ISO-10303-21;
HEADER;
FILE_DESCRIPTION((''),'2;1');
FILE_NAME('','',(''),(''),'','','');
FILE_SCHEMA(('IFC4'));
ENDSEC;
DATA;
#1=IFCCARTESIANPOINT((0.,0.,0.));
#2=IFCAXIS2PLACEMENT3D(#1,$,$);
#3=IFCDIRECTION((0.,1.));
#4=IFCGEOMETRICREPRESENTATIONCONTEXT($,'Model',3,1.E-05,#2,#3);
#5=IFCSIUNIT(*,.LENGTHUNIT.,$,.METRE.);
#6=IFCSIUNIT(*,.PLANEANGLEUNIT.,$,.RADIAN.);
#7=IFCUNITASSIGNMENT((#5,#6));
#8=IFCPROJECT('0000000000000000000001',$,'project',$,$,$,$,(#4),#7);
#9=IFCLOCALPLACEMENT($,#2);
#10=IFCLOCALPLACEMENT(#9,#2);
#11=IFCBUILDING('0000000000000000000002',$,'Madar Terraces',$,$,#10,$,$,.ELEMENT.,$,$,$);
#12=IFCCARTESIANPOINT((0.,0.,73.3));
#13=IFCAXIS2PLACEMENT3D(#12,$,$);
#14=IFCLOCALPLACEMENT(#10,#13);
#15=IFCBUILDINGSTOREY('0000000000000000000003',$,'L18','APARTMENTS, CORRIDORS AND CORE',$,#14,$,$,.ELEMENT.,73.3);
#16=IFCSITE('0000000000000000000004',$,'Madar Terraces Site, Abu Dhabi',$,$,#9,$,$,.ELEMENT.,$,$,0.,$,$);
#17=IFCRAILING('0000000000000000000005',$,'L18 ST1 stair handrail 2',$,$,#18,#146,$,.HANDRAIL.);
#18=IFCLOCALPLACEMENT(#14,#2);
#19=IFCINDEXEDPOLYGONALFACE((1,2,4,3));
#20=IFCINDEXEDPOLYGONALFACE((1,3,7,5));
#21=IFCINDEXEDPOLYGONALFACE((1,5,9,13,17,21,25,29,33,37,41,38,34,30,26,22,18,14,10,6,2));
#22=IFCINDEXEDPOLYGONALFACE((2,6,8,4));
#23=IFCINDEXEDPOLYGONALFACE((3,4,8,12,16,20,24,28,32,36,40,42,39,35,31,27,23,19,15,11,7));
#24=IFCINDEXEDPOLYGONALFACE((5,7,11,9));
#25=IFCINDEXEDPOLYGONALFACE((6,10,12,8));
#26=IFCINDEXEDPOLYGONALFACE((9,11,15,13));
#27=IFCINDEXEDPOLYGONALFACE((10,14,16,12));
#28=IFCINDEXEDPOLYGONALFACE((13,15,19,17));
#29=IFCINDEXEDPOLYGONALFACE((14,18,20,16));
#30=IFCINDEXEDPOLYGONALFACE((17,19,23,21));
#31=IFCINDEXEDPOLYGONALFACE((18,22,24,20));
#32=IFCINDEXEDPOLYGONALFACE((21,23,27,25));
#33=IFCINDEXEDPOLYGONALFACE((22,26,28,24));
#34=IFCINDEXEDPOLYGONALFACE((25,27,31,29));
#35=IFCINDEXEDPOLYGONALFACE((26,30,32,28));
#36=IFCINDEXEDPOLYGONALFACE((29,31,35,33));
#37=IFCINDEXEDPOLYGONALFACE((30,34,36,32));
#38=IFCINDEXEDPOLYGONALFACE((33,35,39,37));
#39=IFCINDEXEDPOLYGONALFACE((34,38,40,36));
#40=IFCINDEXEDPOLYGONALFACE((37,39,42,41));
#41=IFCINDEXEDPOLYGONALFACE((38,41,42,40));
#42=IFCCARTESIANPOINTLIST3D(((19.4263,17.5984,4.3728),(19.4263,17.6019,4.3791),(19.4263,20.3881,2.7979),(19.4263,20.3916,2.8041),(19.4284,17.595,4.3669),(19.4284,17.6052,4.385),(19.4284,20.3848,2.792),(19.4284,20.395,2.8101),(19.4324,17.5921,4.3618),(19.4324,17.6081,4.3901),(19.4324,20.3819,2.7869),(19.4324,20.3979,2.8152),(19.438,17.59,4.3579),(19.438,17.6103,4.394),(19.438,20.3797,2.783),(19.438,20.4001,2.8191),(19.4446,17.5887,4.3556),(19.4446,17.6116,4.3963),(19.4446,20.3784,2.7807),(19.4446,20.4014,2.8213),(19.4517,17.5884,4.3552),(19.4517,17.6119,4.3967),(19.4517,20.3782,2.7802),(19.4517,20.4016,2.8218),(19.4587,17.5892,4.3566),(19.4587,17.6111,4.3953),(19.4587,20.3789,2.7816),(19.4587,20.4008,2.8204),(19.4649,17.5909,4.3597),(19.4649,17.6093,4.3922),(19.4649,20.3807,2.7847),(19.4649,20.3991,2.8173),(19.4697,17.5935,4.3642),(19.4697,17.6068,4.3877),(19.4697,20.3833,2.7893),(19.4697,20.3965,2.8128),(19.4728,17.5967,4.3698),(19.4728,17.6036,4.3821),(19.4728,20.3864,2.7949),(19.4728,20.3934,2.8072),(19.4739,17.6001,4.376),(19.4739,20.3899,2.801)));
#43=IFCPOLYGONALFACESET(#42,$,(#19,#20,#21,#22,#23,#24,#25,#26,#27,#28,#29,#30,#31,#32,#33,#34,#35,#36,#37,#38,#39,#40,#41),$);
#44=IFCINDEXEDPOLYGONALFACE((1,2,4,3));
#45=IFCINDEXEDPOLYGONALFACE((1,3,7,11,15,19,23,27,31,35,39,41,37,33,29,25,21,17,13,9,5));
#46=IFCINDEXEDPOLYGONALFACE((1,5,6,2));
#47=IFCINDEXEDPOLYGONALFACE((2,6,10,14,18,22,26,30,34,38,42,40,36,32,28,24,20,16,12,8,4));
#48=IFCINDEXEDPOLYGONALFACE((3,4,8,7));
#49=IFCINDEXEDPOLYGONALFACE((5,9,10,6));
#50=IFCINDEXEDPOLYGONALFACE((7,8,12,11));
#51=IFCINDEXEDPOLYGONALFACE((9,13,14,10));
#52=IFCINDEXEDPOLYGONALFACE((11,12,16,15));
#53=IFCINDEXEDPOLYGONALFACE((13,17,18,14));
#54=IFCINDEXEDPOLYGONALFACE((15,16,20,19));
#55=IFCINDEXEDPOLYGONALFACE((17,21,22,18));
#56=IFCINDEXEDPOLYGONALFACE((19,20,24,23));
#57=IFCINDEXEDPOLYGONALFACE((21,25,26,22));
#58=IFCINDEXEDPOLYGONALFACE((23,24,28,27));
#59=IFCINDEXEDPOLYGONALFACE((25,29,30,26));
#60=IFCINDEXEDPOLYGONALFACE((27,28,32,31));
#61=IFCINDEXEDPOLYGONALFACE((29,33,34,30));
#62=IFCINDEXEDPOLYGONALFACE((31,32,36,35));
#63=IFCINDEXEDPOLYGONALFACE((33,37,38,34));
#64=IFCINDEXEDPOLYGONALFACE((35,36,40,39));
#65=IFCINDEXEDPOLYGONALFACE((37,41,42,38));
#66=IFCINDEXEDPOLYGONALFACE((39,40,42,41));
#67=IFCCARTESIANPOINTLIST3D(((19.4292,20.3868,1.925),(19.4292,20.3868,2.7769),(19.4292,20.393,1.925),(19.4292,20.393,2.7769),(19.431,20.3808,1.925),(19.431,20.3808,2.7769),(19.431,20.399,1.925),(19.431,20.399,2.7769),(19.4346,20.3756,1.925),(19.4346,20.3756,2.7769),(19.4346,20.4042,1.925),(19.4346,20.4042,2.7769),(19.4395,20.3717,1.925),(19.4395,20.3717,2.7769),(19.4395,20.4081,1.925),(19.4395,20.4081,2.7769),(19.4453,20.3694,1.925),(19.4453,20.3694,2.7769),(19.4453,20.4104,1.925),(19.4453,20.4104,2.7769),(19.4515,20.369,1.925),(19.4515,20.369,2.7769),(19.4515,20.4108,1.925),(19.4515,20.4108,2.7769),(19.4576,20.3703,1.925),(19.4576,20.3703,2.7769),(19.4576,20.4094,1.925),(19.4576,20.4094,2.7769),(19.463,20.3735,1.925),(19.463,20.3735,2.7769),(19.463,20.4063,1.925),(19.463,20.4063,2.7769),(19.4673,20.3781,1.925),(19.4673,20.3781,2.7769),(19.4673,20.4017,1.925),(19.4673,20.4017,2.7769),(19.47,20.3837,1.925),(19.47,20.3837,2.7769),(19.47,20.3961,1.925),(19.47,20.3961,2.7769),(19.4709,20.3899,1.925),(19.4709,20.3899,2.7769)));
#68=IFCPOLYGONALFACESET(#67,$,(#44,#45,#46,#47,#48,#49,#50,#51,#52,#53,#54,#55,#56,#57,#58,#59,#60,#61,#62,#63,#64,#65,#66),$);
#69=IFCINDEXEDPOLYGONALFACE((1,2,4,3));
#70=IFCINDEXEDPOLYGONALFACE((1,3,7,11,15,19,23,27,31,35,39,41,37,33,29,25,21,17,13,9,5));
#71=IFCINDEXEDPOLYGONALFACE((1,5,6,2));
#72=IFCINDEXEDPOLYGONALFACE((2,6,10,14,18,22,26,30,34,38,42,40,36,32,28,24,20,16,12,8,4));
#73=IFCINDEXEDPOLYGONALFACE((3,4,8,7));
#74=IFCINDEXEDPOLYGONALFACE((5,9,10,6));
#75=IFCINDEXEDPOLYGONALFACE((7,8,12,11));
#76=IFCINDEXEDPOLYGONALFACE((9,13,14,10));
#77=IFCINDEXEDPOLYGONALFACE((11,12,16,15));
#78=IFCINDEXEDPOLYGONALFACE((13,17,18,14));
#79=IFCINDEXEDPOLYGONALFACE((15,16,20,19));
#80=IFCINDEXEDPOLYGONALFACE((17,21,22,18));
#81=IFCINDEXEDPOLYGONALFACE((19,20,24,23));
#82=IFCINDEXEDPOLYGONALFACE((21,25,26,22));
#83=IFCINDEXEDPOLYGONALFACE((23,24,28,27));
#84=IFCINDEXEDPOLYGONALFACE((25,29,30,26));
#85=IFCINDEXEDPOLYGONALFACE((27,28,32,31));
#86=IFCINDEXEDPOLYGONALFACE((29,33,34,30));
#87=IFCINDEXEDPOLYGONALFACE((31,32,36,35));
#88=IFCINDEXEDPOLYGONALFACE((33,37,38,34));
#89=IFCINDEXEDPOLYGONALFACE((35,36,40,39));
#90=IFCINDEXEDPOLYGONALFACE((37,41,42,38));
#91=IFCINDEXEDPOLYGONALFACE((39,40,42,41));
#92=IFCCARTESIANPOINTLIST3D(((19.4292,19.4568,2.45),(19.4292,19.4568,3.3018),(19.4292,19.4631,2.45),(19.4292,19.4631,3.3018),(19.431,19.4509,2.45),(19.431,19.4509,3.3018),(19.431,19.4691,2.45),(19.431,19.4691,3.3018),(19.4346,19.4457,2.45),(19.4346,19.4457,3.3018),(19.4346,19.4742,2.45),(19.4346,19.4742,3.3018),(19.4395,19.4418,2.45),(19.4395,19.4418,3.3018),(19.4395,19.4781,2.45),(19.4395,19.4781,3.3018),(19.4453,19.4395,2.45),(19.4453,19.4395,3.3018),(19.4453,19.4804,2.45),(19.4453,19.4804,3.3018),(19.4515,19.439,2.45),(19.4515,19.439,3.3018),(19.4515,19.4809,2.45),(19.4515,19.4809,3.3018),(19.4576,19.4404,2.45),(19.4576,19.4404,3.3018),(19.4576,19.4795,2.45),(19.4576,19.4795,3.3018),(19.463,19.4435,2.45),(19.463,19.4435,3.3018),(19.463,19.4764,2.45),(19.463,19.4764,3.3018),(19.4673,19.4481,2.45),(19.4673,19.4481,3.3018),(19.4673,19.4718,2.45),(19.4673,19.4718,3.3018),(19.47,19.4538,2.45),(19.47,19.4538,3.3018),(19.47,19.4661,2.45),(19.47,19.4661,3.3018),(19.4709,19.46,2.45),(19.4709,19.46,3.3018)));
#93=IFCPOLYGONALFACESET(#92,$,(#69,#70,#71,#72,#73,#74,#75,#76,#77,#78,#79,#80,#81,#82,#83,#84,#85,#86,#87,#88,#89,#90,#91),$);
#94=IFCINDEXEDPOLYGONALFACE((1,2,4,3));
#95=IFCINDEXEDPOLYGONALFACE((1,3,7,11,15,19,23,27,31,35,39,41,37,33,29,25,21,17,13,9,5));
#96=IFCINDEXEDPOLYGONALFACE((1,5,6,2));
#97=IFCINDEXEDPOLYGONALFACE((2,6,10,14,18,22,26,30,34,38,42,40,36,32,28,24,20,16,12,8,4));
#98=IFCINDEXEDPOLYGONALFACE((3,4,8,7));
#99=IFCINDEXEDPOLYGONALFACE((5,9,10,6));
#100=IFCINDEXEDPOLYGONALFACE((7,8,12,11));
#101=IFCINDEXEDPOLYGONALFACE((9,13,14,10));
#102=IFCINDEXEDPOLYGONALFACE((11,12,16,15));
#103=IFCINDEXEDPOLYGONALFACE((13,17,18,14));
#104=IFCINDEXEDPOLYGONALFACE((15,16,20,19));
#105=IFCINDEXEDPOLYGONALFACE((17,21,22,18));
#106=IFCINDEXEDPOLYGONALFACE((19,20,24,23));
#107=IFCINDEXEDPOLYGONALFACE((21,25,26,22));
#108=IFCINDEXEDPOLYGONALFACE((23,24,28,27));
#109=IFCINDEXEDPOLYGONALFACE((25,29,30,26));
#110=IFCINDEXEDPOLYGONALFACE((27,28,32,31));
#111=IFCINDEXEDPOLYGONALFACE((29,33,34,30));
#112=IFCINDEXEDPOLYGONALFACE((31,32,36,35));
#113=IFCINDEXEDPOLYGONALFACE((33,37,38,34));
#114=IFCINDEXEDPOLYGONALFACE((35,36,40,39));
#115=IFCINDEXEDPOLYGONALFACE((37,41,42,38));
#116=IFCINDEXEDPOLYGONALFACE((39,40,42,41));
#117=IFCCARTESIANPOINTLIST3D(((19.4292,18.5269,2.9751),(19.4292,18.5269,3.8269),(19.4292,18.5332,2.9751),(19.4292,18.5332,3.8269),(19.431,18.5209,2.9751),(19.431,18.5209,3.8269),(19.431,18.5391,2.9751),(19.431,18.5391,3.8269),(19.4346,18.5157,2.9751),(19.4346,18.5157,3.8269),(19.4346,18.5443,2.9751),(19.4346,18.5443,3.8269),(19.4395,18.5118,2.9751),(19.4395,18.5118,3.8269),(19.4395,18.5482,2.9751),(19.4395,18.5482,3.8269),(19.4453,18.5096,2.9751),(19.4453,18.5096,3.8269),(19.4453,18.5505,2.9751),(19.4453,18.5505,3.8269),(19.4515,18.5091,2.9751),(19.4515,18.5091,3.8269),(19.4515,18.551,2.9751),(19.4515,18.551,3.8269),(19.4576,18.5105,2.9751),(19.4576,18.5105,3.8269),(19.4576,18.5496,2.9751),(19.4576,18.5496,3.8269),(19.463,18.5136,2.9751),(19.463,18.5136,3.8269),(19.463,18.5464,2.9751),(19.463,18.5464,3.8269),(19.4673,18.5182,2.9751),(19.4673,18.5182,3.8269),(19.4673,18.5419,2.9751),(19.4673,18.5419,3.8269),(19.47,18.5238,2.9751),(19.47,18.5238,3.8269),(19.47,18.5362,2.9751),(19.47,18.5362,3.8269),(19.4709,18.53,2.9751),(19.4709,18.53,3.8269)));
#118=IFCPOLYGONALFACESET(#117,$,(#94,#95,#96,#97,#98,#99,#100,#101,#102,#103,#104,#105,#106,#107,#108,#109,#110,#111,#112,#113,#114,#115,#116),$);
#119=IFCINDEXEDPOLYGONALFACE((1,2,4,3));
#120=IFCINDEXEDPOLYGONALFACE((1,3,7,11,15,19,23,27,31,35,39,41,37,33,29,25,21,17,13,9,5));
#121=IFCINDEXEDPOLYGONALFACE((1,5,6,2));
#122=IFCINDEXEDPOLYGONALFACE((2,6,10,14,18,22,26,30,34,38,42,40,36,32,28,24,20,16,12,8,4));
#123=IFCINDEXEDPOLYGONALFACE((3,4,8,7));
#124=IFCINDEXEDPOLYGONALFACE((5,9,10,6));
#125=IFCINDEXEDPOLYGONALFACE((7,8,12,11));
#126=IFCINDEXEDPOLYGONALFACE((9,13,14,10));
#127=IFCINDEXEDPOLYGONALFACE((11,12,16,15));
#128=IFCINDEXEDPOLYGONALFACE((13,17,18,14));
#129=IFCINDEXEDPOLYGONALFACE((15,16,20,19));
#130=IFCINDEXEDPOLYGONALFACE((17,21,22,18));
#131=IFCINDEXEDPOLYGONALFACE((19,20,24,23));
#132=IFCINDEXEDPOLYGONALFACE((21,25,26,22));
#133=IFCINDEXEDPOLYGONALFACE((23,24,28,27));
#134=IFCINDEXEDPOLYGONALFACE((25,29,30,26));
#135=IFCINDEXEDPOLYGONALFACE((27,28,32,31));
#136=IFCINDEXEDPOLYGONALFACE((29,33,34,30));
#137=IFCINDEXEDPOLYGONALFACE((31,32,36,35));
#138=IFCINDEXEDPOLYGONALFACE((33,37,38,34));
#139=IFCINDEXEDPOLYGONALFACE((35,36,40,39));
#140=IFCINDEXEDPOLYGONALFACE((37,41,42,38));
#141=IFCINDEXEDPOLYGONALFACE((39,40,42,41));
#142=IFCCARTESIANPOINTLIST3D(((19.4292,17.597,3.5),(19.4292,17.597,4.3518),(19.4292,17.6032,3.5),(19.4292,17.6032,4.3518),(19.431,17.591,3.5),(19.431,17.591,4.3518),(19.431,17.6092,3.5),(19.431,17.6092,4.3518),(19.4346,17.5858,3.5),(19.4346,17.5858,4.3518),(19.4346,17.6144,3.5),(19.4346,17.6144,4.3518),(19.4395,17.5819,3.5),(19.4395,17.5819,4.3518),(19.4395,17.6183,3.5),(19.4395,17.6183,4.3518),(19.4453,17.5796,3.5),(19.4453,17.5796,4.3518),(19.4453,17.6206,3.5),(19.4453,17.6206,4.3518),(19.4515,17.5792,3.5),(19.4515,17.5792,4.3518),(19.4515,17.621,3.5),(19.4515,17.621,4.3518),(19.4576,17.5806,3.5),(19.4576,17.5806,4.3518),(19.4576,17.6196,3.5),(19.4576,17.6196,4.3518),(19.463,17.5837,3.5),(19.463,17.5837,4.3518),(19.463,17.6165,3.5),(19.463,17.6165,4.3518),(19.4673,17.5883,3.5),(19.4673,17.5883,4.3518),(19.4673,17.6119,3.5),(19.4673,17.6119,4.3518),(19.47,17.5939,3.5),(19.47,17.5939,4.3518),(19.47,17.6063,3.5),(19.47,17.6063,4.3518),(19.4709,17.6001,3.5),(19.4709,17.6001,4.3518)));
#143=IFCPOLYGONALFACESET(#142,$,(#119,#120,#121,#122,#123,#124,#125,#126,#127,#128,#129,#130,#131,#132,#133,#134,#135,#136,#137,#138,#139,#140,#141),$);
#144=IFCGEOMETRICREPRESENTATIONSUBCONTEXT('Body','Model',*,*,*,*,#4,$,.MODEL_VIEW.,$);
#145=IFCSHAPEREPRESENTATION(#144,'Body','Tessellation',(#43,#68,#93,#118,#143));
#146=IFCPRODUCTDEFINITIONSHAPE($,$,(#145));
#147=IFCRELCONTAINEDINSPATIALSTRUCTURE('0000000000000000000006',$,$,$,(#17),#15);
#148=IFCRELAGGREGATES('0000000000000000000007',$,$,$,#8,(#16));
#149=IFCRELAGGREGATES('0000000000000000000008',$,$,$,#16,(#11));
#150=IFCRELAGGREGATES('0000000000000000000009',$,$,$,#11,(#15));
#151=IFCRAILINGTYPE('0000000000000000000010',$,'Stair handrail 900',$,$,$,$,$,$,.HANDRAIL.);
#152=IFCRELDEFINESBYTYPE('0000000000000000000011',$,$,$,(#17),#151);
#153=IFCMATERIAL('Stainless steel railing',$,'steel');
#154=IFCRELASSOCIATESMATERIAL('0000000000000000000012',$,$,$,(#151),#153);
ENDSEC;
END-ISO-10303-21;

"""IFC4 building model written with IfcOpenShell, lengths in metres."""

from ifc_helpers import new_model, si_unit, direction, frame, origin, origin_2d, place, context, subcontext, project, spatial, circle, extrude, material, type_object, element, save


model = new_model("IFC4")

# Units and contexts
model_context = context("Model", 3, precision=1e-05, world=origin(), true_north=direction((0.0, 1.0)))
body_context = subcontext(model_context, "Body", "Model", "MODEL_VIEW")
ifc_project = project(units=[si_unit("LENGTHUNIT", "METRE"), si_unit("PLANEANGLEUNIT", "RADIAN")], contexts=[model_context])

# Site, building, storey
site_placement = place(None, origin())
site = spatial("IfcSite", under=ifc_project, at=site_placement, Name="Madar Terraces Site, Abu Dhabi", CompositionType="ELEMENT", RefElevation=0.0)
building_placement = place(site_placement, origin())
building = spatial("IfcBuilding", under=site, at=building_placement, Name="Madar Terraces", CompositionType="ELEMENT")
storey_placement = place(building_placement, frame((0.0, 0.0, 73.3)))
storey = spatial("IfcBuildingStorey", under=building, at=storey_placement, Name="L18", Description="APARTMENTS, CORRIDORS AND CORE", CompositionType="ELEMENT", Elevation=73.3)

# Railing
ifc_material_1 = material(Name="Stainless steel railing", Category="steel")
railing_type_1 = type_object("IfcRailingType", Name="Stair handrail 900", PredefinedType="HANDRAIL", material=ifc_material_1)
railing_1_placement = place(storey_placement, frame((19.45, 20.3899, 1.925)))
element("IfcRailing", 1, at=railing_1_placement, inside=storey, type_object=railing_type_1, Name="L18 ST1 stair handrail 2", PredefinedType="HANDRAIL", context=body_context, shape_type="SweptSolid", body=[
    extrude(circle(Radius=0.0239, at=origin_2d()), frame((0.0, 0.0, 0.876), z_axis=(0.0, -0.870815, 0.49161), x_axis=(1.0, 0.0, 0.0)), (0.0, 0.0, 1.0), 3.2036),
    extrude(circle(Radius=0.021, at=origin_2d()), origin(), (0.0, 0.0, 1.0), 0.8518),
    extrude(circle(Radius=0.021, at=origin_2d()), frame((0.0, -0.9299, 0.5249)), (0.0, 0.0, 1.0), 0.8518),
    extrude(circle(Radius=0.021, at=origin_2d()), frame((0.0, -1.8599, 1.05)), (0.0, 0.0, 1.0), 0.8518),
    extrude(circle(Radius=0.021, at=origin_2d()), frame((0.0, -2.7898, 1.575)), (0.0, 0.0, 1.0), 0.8518),
])

save(model, "model.ifc")
